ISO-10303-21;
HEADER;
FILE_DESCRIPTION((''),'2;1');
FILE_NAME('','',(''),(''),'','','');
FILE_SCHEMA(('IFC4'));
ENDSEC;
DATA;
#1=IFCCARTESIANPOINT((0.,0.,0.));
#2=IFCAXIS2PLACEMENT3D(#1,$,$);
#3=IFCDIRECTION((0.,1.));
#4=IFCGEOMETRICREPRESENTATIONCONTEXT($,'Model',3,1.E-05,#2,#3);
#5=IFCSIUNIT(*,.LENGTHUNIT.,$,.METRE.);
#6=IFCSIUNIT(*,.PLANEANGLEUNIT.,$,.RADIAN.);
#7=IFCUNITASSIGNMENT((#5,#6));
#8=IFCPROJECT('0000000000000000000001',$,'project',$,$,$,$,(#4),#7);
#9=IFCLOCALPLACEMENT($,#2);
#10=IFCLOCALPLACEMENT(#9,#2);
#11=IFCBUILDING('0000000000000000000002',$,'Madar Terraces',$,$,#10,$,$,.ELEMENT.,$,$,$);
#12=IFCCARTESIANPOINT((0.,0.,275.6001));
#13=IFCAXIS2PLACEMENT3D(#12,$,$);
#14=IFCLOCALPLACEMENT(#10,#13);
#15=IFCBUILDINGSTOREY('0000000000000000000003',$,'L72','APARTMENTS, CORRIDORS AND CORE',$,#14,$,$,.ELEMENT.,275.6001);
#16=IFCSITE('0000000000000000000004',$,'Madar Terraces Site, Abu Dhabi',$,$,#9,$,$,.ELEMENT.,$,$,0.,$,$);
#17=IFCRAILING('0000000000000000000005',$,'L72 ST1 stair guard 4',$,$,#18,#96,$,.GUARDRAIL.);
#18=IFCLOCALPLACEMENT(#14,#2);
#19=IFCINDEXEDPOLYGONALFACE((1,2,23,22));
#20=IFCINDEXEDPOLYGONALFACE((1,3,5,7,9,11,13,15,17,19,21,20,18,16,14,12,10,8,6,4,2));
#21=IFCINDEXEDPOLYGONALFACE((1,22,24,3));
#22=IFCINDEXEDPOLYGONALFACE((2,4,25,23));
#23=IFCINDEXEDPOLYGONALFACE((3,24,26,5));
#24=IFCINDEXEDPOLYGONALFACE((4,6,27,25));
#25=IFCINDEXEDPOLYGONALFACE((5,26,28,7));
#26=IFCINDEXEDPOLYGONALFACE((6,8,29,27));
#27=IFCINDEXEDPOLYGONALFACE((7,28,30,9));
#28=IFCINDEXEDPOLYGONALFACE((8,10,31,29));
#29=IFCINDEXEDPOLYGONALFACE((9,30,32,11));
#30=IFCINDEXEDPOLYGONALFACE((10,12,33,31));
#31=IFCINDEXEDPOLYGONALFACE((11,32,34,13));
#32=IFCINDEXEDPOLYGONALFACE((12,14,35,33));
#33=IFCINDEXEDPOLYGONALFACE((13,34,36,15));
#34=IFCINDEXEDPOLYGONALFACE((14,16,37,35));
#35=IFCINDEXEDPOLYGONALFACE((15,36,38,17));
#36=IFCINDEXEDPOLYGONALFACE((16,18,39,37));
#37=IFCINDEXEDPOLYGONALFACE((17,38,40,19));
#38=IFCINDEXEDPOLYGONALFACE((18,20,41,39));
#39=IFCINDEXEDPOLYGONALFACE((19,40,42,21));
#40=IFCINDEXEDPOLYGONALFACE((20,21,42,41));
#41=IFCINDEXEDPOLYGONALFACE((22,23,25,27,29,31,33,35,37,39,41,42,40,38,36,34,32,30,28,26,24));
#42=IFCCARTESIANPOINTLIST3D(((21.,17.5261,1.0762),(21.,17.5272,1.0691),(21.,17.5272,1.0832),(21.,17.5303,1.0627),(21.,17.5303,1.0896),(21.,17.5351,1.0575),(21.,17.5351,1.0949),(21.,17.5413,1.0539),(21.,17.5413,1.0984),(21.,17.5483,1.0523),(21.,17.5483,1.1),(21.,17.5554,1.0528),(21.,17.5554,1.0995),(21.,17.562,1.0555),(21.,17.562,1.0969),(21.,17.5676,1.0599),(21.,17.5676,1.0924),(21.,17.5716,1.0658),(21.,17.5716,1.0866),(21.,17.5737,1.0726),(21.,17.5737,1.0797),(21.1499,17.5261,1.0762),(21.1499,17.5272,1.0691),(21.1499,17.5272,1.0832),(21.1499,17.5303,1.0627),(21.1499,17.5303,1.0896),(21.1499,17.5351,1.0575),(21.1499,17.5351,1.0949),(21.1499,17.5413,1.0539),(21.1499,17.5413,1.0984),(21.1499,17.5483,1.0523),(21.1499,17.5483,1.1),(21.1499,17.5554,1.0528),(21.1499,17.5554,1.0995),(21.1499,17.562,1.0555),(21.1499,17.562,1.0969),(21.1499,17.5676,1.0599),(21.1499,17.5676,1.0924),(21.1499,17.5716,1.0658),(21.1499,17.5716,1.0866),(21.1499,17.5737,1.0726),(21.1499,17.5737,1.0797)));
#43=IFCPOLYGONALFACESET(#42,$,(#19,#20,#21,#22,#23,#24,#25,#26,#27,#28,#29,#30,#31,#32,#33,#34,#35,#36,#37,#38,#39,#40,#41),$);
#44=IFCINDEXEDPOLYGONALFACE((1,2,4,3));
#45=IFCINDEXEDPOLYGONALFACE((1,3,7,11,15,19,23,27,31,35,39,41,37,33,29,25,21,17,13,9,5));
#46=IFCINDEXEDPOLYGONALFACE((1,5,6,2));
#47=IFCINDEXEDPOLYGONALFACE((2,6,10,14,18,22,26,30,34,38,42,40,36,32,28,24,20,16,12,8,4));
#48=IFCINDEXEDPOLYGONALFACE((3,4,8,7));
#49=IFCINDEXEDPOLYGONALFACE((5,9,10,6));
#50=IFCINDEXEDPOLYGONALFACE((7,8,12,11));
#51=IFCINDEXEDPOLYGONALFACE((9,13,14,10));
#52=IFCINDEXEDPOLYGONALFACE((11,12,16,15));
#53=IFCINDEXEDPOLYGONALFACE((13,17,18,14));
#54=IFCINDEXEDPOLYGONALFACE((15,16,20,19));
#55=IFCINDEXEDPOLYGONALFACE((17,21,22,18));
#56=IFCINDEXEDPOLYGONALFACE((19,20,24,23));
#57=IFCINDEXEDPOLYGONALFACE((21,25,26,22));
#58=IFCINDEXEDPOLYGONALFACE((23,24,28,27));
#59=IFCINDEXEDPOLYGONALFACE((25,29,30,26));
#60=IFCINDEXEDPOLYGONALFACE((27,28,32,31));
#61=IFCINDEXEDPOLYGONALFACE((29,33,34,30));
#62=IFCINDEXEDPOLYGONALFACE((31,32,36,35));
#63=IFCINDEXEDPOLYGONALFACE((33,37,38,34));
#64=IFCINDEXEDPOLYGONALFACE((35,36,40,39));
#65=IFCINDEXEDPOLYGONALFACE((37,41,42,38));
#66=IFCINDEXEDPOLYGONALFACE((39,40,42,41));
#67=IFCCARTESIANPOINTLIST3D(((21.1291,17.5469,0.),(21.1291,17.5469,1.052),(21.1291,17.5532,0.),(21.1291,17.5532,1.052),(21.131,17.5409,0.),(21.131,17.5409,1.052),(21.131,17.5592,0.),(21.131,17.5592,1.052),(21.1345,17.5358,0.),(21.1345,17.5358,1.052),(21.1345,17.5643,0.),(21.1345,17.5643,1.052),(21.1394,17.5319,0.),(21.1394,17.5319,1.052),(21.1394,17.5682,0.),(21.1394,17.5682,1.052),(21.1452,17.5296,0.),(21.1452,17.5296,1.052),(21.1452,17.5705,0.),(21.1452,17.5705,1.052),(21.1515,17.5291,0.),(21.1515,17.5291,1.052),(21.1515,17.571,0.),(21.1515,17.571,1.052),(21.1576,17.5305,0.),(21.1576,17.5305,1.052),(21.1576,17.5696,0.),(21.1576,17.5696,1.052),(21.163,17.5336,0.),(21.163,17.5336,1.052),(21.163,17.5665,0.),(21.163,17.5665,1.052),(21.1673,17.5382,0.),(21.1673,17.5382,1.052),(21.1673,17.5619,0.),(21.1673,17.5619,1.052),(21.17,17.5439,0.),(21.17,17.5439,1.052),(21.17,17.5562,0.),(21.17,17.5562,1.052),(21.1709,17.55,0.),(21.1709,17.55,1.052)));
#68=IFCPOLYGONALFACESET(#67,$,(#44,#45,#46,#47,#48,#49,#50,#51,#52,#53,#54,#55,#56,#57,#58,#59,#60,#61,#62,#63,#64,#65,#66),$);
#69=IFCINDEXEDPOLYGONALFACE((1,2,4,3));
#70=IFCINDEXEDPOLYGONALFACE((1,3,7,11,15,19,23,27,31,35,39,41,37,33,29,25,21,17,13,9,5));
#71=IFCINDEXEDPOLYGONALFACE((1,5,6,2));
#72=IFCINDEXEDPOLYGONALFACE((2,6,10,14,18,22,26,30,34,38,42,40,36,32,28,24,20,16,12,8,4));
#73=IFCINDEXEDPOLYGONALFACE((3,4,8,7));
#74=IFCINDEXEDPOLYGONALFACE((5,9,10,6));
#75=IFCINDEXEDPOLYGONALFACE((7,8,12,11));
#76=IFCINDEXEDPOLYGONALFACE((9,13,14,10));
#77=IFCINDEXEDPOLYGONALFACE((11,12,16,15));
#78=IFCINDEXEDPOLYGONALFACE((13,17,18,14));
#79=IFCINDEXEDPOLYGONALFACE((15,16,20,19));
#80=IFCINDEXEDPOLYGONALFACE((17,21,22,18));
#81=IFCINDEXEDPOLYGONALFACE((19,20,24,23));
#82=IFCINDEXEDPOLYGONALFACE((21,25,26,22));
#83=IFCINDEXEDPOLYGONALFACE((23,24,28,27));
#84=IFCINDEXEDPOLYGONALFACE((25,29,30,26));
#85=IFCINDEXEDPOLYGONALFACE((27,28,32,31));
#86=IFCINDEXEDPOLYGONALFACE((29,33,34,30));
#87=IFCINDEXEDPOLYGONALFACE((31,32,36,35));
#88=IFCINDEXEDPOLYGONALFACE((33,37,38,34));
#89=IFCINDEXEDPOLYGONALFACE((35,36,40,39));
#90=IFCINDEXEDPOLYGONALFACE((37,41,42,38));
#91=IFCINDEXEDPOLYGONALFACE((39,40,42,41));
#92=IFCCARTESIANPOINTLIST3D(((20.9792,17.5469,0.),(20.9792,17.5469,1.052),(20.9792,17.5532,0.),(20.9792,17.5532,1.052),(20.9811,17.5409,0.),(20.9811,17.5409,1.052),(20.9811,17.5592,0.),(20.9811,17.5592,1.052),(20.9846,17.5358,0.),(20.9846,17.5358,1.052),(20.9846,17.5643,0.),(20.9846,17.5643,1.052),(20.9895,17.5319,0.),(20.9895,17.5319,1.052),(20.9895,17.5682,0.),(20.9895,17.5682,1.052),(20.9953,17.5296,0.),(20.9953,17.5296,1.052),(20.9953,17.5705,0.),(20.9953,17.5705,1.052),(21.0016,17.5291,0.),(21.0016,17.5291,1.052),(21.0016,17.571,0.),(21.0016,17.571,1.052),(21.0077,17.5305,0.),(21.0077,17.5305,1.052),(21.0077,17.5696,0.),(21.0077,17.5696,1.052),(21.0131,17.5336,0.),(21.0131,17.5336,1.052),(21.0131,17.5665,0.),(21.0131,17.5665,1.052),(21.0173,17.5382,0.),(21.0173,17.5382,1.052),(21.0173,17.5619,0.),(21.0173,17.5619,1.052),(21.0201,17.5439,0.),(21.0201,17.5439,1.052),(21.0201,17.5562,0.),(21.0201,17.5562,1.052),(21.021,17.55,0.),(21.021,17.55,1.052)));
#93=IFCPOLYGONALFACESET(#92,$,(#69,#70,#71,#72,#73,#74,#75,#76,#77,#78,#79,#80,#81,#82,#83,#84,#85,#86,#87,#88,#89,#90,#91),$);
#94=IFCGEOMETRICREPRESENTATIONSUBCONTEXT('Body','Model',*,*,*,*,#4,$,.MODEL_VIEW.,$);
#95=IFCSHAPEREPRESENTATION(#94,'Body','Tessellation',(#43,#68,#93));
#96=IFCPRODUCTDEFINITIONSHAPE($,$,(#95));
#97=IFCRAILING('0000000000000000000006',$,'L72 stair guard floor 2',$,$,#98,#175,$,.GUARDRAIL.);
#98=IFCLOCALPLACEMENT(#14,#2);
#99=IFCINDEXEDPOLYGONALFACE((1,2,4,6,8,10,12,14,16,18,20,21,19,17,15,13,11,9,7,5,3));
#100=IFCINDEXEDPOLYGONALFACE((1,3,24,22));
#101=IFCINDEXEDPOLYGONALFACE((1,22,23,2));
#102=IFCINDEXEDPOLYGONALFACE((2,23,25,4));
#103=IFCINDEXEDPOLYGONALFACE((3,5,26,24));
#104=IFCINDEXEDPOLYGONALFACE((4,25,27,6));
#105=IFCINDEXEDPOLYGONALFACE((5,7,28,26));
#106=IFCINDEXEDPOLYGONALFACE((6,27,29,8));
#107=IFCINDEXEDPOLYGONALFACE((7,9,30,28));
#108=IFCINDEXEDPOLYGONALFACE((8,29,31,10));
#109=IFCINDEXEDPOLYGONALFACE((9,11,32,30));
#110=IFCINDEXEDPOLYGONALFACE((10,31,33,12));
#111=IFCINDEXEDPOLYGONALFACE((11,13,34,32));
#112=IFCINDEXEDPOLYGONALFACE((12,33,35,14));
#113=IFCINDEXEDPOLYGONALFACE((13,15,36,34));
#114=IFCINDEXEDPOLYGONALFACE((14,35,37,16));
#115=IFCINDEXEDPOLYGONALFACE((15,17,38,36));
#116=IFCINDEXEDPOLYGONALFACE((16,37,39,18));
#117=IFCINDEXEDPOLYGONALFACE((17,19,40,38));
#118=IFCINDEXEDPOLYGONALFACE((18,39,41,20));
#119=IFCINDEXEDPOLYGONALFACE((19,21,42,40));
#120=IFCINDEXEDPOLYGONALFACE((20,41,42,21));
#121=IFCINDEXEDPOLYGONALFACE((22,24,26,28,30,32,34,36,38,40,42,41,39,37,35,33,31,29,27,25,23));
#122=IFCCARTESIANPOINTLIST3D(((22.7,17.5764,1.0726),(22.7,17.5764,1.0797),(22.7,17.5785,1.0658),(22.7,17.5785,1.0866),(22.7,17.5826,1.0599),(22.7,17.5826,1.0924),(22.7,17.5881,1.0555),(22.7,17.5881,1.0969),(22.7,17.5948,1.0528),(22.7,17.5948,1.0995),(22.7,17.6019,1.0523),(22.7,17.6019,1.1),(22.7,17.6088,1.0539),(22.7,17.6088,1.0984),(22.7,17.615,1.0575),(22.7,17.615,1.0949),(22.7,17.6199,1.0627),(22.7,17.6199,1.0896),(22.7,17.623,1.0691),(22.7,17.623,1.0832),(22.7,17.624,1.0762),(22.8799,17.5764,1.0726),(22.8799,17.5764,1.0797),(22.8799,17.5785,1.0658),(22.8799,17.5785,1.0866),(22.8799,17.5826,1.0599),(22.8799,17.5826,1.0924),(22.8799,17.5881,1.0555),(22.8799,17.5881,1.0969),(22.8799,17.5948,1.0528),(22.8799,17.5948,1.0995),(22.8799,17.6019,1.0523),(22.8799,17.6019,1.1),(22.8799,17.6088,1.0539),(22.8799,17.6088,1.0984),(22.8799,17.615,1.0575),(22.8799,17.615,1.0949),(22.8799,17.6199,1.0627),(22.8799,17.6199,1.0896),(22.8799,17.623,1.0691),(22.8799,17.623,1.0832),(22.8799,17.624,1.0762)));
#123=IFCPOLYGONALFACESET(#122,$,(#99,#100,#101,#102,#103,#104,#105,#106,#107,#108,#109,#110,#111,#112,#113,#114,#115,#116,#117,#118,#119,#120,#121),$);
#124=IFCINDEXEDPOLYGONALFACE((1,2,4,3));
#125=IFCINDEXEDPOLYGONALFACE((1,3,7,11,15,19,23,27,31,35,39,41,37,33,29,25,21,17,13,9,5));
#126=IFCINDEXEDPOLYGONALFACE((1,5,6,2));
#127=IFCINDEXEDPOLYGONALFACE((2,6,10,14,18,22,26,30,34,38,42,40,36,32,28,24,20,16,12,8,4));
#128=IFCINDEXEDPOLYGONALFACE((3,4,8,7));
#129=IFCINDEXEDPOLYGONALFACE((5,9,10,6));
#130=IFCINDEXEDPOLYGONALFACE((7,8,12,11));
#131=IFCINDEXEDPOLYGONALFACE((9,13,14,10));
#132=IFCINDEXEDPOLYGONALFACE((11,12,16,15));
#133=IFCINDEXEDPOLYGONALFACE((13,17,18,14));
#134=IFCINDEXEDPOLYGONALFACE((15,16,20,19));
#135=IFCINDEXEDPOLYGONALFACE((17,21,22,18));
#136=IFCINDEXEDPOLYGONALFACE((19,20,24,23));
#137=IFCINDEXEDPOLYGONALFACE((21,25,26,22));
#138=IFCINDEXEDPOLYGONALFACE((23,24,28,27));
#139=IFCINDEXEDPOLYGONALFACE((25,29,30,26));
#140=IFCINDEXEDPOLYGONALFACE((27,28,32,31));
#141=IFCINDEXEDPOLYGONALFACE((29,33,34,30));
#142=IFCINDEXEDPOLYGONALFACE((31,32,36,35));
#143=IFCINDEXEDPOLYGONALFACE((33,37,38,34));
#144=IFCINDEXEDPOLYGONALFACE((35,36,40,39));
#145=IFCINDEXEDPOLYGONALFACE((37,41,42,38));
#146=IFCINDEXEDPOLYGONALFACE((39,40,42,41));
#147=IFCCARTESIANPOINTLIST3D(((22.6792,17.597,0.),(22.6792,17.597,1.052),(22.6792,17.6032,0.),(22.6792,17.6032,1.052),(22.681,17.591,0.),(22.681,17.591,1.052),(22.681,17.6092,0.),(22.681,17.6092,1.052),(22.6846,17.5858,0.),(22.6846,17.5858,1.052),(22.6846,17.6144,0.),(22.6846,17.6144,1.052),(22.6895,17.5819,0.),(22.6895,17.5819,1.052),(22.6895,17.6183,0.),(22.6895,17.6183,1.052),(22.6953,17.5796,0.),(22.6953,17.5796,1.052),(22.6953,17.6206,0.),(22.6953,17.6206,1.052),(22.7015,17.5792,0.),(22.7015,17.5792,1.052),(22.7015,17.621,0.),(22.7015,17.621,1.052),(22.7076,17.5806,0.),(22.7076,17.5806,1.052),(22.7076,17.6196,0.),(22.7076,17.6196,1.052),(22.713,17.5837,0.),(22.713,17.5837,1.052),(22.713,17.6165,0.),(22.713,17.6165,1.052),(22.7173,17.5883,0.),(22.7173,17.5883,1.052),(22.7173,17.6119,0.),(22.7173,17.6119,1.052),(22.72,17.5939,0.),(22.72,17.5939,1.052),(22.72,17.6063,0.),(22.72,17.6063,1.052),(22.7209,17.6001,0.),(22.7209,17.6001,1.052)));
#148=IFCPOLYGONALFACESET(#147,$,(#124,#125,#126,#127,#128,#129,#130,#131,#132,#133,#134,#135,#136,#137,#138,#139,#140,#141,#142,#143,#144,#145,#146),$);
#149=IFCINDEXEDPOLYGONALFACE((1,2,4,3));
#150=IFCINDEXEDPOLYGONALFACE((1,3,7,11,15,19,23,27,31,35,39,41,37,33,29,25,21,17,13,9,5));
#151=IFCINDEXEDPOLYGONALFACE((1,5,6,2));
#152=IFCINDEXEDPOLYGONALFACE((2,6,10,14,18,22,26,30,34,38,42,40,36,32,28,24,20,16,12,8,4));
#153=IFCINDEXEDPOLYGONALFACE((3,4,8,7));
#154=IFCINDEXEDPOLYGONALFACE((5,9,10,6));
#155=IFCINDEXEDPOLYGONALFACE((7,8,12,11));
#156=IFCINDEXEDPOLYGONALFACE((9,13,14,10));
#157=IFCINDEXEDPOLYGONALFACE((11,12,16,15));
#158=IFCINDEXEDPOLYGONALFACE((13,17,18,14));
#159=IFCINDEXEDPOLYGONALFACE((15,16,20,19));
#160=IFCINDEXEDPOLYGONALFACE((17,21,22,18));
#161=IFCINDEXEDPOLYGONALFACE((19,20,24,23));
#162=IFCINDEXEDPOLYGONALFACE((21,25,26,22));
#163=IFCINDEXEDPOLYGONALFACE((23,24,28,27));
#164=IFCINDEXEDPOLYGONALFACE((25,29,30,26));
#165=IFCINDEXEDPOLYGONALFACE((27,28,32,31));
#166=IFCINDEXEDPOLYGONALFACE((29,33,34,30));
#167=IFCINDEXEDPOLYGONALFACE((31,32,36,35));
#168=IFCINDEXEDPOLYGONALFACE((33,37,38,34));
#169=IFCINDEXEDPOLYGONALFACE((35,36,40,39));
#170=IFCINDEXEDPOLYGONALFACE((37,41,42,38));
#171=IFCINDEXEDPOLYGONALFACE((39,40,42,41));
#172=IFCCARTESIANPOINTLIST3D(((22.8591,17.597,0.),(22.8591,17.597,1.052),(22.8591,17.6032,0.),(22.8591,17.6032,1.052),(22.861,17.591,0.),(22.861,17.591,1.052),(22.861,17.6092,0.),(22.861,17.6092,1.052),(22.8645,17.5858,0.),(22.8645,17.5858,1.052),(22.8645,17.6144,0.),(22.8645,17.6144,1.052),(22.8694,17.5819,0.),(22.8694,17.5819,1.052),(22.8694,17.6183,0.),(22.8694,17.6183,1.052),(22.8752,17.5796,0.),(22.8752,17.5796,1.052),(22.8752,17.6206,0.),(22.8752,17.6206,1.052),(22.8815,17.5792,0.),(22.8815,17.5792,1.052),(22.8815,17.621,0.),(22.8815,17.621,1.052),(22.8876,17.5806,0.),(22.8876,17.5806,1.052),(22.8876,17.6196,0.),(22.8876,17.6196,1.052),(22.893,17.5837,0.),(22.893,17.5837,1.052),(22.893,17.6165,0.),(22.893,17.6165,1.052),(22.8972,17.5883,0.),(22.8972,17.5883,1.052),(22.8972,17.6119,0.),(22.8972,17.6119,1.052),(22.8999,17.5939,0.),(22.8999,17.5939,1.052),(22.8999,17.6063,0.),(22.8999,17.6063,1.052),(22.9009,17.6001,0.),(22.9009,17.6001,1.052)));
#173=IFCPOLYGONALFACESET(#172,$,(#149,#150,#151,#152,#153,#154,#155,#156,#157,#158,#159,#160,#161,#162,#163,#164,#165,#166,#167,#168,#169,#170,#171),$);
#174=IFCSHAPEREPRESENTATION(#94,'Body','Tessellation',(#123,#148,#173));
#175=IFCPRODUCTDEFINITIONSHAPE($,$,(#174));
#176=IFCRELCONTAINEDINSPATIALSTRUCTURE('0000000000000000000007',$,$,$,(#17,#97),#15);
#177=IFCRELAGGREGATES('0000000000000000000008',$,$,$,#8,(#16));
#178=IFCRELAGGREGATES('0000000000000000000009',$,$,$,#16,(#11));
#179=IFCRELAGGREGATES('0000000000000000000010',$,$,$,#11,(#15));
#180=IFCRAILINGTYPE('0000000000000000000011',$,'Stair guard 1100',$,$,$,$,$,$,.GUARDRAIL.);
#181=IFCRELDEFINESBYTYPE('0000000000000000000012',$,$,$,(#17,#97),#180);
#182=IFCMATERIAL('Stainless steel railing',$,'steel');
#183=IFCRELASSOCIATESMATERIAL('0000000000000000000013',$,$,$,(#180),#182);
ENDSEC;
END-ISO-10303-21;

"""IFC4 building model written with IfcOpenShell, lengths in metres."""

from ifc_helpers import new_model, si_unit, direction, frame, origin, origin_2d, place, context, subcontext, project, spatial, circle, extrude, material, type_object, element, save


model = new_model("IFC4")

# Units and contexts
model_context = context("Model", 3, precision=1e-05, world=origin(), true_north=direction((0.0, 1.0)))
body_context = subcontext(model_context, "Body", "Model", "MODEL_VIEW")
ifc_project = project(units=[si_unit("LENGTHUNIT", "METRE"), si_unit("PLANEANGLEUNIT", "RADIAN")], contexts=[model_context])

# Site, building, storey
site_placement = place(None, origin())
site = spatial("IfcSite", under=ifc_project, at=site_placement, Name="Madar Terraces Site, Abu Dhabi", CompositionType="ELEMENT", RefElevation=0.0)
building_placement = place(site_placement, origin())
building = spatial("IfcBuilding", under=site, at=building_placement, Name="Madar Terraces", CompositionType="ELEMENT")
storey_placement = place(building_placement, frame((0.0, 0.0, 275.6001)))
storey = spatial("IfcBuildingStorey", under=building, at=storey_placement, Name="L72", Description="APARTMENTS, CORRIDORS AND CORE", CompositionType="ELEMENT", Elevation=275.6001)

# Railings
ifc_material_1 = material(Name="Stainless steel railing", Category="steel")
railing_type_1 = type_object("IfcRailingType", Name="Stair guard 1100", PredefinedType="GUARDRAIL", material=ifc_material_1)
railing_1_placement = place(storey_placement, frame((21.1499, 17.55, 0.0)))
element("IfcRailing", 1, at=railing_1_placement, inside=storey, type_object=railing_type_1, Name="L72 ST1 stair guard 4", PredefinedType="GUARDRAIL", context=body_context, shape_type="SweptSolid", body=[
    extrude(circle(Radius=0.0239, at=origin_2d()), frame((0.0, 0.0, 1.0762), z_axis=(-1.0, 0.0, 0.0), x_axis=(0.0, -1.0, 0.0)), (0.0, 0.0, 1.0), 0.1499),
    extrude(circle(Radius=0.021, at=origin_2d()), origin(), (0.0, 0.0, 1.0), 1.052),
    extrude(circle(Radius=0.021, at=origin_2d()), frame((-0.1499, 0.0, 0.0)), (0.0, 0.0, 1.0), 1.052),
])
railing_2_placement = place(storey_placement, frame((22.7, 17.6001, 0.0)))
element("IfcRailing", 2, at=railing_2_placement, inside=storey, type_object=railing_type_1, Name="L72 stair guard floor 2", PredefinedType="GUARDRAIL", context=body_context, shape_type="SweptSolid", body=[
    extrude(circle(Radius=0.0239, at=origin_2d()), frame((0.0, 0.0, 1.0762), z_axis=(1.0, 0.0, 0.0), x_axis=(0.0, 1.0, 0.0)), (0.0, 0.0, 1.0), 0.1799),
    extrude(circle(Radius=0.021, at=origin_2d()), origin(), (0.0, 0.0, 1.0), 1.052),
    extrude(circle(Radius=0.021, at=origin_2d()), frame((0.1799, 0.0, 0.0)), (0.0, 0.0, 1.0), 1.052),
])

save(model, "model.ifc")
